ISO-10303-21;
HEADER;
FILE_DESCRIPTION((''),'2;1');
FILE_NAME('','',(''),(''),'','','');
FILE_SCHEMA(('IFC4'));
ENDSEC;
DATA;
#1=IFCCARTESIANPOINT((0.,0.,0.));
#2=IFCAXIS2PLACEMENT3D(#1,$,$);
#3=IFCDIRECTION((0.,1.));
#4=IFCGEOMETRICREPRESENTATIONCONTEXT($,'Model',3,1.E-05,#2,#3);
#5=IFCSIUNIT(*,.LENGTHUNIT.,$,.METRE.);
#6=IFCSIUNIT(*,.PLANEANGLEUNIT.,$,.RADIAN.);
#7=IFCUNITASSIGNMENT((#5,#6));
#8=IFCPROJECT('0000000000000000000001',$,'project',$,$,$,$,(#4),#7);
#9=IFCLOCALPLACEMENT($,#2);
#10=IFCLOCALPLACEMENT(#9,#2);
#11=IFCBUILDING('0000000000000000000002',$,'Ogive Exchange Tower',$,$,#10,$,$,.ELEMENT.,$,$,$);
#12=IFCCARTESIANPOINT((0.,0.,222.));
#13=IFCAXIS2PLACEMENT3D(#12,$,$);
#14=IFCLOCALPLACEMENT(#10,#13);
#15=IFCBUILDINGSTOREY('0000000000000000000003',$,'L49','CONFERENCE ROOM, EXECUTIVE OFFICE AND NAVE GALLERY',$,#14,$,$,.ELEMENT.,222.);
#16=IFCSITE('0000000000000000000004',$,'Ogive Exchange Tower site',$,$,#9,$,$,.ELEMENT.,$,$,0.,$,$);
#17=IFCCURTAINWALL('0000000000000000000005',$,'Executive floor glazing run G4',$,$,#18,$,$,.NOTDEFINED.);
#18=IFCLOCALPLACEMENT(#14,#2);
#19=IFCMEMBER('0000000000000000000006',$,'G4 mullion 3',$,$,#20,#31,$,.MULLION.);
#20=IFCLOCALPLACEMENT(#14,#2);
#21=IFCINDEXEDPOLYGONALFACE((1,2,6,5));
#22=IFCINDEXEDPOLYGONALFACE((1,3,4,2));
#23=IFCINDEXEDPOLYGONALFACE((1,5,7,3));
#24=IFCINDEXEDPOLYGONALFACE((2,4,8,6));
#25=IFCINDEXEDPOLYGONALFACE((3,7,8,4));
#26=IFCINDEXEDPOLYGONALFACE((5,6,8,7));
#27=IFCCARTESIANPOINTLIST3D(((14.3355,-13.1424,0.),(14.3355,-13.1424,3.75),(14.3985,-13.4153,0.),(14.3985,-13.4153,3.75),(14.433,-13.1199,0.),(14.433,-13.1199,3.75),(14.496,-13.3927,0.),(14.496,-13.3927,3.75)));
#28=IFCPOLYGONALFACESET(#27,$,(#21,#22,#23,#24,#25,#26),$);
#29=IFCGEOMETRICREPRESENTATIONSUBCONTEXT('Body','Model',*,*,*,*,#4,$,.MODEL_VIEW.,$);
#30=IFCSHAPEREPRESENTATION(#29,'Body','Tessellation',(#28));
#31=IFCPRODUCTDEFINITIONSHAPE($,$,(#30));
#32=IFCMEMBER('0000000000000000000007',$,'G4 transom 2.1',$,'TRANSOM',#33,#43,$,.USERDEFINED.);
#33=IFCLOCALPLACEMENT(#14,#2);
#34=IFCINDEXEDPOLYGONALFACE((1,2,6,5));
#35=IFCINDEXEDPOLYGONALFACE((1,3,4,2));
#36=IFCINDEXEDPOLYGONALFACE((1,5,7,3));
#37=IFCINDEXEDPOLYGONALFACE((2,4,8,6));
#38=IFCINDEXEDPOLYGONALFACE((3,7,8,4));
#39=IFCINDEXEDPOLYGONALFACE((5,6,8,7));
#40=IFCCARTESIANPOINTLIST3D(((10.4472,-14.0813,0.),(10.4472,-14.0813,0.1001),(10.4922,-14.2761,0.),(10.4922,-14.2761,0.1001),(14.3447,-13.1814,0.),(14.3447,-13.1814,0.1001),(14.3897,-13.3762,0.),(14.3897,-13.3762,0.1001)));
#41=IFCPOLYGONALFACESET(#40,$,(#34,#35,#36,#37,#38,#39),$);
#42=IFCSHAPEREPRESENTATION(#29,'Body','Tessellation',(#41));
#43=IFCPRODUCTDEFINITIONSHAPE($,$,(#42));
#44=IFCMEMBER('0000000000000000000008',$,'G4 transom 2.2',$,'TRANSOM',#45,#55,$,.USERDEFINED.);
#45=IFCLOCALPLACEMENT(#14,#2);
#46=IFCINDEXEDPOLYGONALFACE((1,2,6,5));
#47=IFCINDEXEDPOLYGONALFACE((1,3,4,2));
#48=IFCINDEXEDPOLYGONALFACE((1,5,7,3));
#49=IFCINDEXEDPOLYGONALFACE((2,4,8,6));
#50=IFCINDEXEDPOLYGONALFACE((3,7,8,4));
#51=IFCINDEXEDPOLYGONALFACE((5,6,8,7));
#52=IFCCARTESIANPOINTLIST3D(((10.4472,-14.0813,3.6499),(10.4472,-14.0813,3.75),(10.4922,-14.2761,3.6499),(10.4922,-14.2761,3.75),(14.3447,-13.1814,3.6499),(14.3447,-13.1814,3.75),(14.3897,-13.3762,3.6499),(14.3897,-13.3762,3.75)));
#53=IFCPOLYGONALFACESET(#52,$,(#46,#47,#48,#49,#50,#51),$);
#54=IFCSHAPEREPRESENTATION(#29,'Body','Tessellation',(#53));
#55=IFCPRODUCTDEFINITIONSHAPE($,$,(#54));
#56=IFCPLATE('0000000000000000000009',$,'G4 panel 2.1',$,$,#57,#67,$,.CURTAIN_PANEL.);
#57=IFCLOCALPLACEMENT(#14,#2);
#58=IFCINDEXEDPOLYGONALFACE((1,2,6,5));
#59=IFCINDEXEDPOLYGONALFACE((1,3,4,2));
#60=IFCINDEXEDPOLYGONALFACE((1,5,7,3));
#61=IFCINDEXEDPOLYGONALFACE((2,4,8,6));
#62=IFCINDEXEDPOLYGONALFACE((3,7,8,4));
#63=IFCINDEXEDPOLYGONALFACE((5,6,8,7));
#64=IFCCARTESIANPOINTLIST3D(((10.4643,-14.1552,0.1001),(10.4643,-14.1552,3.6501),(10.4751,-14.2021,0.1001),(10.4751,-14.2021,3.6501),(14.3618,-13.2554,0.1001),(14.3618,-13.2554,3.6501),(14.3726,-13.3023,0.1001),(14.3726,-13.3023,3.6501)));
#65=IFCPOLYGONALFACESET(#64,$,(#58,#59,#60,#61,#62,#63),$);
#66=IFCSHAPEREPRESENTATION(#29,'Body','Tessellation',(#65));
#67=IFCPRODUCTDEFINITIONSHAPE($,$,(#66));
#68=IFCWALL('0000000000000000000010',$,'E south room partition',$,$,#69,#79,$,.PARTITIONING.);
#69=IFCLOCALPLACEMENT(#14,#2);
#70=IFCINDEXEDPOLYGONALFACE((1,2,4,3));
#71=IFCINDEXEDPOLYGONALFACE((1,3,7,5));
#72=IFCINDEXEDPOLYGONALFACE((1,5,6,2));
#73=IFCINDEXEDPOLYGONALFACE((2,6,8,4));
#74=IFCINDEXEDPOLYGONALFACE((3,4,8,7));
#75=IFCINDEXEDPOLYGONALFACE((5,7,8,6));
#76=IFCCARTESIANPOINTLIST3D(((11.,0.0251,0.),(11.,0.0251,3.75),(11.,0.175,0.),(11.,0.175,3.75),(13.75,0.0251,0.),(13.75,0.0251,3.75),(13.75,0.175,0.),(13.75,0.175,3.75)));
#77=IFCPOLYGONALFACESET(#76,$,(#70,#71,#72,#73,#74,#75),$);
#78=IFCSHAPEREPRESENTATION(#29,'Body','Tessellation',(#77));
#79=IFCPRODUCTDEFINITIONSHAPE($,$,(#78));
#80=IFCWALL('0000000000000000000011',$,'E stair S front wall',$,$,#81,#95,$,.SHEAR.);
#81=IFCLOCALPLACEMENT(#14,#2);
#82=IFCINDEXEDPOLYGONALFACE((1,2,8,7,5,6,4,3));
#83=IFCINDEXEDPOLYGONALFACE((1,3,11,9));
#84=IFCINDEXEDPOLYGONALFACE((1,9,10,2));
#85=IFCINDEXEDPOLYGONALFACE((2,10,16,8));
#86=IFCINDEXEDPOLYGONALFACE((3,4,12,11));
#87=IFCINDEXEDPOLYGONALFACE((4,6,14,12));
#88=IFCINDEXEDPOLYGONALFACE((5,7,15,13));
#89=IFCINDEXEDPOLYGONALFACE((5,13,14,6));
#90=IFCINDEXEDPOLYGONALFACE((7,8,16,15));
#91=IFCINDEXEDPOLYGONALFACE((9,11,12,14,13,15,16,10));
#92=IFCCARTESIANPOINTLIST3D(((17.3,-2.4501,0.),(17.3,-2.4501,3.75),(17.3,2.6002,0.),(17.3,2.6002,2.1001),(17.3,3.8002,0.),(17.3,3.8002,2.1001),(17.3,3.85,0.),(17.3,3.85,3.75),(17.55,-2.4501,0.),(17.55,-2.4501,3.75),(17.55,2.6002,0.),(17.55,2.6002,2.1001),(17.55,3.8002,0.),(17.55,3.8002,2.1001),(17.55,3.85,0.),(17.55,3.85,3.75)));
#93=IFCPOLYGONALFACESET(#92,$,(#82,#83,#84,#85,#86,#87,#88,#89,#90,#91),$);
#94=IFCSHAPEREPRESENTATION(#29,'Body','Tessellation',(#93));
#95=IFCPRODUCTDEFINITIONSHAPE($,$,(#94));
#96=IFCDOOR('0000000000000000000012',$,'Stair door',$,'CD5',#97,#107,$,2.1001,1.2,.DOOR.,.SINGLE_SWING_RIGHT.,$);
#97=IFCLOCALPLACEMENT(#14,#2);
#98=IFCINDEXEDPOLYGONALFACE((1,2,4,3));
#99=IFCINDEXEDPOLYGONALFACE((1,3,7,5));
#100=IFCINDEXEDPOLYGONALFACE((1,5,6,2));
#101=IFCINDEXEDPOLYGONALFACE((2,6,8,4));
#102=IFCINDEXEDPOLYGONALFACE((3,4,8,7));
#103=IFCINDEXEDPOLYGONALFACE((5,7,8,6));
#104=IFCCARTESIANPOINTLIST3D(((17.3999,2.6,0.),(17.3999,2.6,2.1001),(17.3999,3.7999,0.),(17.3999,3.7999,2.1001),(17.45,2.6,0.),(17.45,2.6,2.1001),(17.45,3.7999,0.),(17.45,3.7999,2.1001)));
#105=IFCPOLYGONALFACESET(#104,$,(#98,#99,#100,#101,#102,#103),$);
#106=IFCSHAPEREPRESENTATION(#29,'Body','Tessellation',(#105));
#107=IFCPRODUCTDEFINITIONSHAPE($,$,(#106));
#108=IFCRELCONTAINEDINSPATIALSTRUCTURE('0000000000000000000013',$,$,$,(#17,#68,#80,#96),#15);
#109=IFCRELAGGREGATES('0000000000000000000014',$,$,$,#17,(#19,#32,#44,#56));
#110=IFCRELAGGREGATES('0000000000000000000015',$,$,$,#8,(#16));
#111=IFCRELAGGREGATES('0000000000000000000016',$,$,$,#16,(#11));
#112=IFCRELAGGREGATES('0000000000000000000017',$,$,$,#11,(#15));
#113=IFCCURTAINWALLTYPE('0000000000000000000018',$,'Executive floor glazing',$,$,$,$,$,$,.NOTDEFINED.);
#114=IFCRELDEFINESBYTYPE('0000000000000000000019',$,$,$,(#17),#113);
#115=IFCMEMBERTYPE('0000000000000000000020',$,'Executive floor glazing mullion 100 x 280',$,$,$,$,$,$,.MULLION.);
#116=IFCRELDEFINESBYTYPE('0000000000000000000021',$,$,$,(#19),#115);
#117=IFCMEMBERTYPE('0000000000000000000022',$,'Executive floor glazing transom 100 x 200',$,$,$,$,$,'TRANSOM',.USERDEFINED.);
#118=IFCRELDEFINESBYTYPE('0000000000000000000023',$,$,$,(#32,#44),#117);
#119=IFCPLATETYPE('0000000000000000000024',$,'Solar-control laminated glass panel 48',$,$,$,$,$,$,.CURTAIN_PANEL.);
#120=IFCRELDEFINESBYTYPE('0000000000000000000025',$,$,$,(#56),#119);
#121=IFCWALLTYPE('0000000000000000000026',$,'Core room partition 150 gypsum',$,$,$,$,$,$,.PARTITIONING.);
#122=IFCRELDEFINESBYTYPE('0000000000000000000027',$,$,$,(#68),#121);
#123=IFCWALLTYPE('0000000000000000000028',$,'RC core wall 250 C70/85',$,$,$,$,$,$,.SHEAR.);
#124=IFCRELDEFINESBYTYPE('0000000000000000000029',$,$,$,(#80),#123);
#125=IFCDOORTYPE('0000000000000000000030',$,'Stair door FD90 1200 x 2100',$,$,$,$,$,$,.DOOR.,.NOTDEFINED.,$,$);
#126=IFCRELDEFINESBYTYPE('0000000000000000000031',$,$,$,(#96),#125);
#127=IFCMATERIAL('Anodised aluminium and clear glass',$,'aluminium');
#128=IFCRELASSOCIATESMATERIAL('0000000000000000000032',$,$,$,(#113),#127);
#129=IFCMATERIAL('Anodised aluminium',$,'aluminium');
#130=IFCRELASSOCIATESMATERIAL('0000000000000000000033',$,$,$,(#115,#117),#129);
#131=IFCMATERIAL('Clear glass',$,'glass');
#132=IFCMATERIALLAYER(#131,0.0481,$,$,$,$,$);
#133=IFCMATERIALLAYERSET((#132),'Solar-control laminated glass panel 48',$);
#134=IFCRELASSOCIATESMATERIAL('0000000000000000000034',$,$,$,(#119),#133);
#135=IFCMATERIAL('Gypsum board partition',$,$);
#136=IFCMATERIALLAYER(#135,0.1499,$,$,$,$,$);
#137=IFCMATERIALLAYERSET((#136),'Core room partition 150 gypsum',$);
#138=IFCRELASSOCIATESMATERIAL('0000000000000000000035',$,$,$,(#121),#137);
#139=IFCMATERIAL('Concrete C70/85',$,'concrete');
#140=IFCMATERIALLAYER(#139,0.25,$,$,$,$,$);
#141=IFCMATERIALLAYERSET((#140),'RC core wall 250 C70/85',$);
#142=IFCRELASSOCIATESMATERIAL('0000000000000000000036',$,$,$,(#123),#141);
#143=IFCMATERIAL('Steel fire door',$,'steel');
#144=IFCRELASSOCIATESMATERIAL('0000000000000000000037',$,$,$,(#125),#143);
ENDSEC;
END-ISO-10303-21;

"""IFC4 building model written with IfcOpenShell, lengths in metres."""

from ifc_helpers import new_model, si_unit, direction, frame, frame_2d, origin, origin_2d, place, context, subcontext, project, spatial, rectangle, extrude, material, layer, layer_set, material_profile, profile_set, type_object, element, fill, aggregate, save


model = new_model("IFC4")

# Units and contexts
model_context = context("Model", 3, precision=1e-05, world=origin(), true_north=direction((0.0, 1.0)))
body_context = subcontext(model_context, "Body", "Model", "MODEL_VIEW")
ifc_project = project(units=[si_unit("LENGTHUNIT", "METRE"), si_unit("PLANEANGLEUNIT", "RADIAN")], contexts=[model_context])

# Site, building, storey
site_placement = place(None, origin())
site = spatial("IfcSite", under=ifc_project, at=site_placement, Name="Ogive Exchange Tower site", CompositionType="ELEMENT", RefElevation=0.0)
building_placement = place(site_placement, origin())
building = spatial("IfcBuilding", under=site, at=building_placement, Name="Ogive Exchange Tower", CompositionType="ELEMENT")
storey_placement = place(building_placement, frame((0.0, 0.0, 222.0)))
storey = spatial("IfcBuildingStorey", under=building, at=storey_placement, Name="L49", Description="CONFERENCE ROOM, EXECUTIVE OFFICE AND NAVE GALLERY", CompositionType="ELEMENT", Elevation=222.0)

# Curtain wall, members, plate
ifc_material_1 = material(Name="Anodised aluminium and clear glass", Category="aluminium")
curtain_wall_type = type_object("IfcCurtainWallType", Name="Executive floor glazing", PredefinedType="NOTDEFINED", material=ifc_material_1)
curtain_wall_placement = place(storey_placement, origin())
curtain_wall = element("IfcCurtainWall", 1, at=curtain_wall_placement, inside=storey, type_object=curtain_wall_type, Name="Executive floor glazing run G4", PredefinedType="NOTDEFINED")
ifc_material_2 = material(Name="Anodised aluminium", Category="aluminium")
ifc_material_profile_1 = material_profile(ifc_material_2, rectangle(XDim=0.28, YDim=0.1001, at=origin_2d()), Name="AL 100x280")
ifc_profile_set_1 = profile_set([ifc_material_profile_1], Name="Anodised aluminium")
member_type_1 = type_object("IfcMemberType", Name="Executive floor glazing mullion 100 x 280", PredefinedType="MULLION", material=ifc_profile_set_1)
member_1_placement = place(storey_placement, frame((14.4158, -13.2676, 0.0), z_axis=(0.0, 0.0, 1.0), x_axis=(-0.224954, 0.974369, 0.0)))
member_1 = element("IfcMember", 2, at=member_1_placement, type_object=member_type_1, Name="G4 mullion 3", PredefinedType="MULLION", context=body_context, shape_type="SweptSolid", body=[
    extrude(rectangle(XDim=0.28, YDim=0.1001, at=origin_2d()), origin(), (0.0, 0.0, 1.0), 3.75),
])
ifc_material_profile_2 = material_profile(ifc_material_2, rectangle(XDim=0.2, YDim=0.1001, at=origin_2d()), Name="AL 100x200")
ifc_profile_set_2 = profile_set([ifc_material_profile_2], Name="Anodised aluminium")
member_type_2 = type_object("IfcMemberType", Name="Executive floor glazing transom 100 x 200", ElementType="TRANSOM", PredefinedType="USERDEFINED", material=ifc_profile_set_2)
member_2_placement = place(storey_placement, frame((10.4697, -14.1787, 0.05), z_axis=(0.974364, 0.224975, 0.0), x_axis=(-0.224975, 0.974364, 0.0)))
member_2 = element("IfcMember", 3, at=member_2_placement, type_object=member_type_2, Name="G4 transom 2.1", ObjectType="TRANSOM", PredefinedType="USERDEFINED", context=body_context, shape_type="SweptSolid", body=[
    extrude(rectangle(XDim=0.2, YDim=0.1001, at=origin_2d()), origin(), (0.0, 0.0, 1.0), 4.0),
])
member_3_placement = place(storey_placement, frame((10.4697, -14.1787, 3.7), z_axis=(0.974364, 0.224975, 0.0), x_axis=(-0.224975, 0.974364, 0.0)))
member_3 = element("IfcMember", 4, at=member_3_placement, type_object=member_type_2, Name="G4 transom 2.2", ObjectType="TRANSOM", PredefinedType="USERDEFINED", context=body_context, shape_type="SweptSolid", body=[
    extrude(rectangle(XDim=0.2, YDim=0.1001, at=origin_2d()), origin(), (0.0, 0.0, 1.0), 4.0),
])
ifc_material_3 = material(Name="Clear glass", Category="glass")
ifc_layer_1 = layer(ifc_material_3, 0.0481)
ifc_layer_set_1 = layer_set([ifc_layer_1], Name="Solar-control laminated glass panel 48")
plate_type = type_object("IfcPlateType", Name="Solar-control laminated glass panel 48", PredefinedType="CURTAIN_PANEL", material=ifc_layer_set_1)
plate_placement = place(storey_placement, frame((12.4185, -13.7288, 0.1001), z_axis=(0.0, 0.0, 1.0), x_axis=(0.974369, 0.224954, 0.0)))
plate = element("IfcPlate", 5, at=plate_placement, type_object=plate_type, Name="G4 panel 2.1", PredefinedType="CURTAIN_PANEL", context=body_context, shape_type="SweptSolid", body=[
    extrude(rectangle(XDim=4.0, YDim=0.0481, at=origin_2d()), origin(), (0.0, 0.0, 1.0), 3.55),
])
aggregate(curtain_wall, [member_1, member_2, member_3, plate])

# Wall
ifc_material_4 = material(Name="Gypsum board partition")
ifc_layer_2 = layer(ifc_material_4, 0.1499)
ifc_layer_set_2 = layer_set([ifc_layer_2], Name="Core room partition 150 gypsum")
wall_type_1 = type_object("IfcWallType", Name="Core room partition 150 gypsum", PredefinedType="PARTITIONING", material=ifc_layer_set_2)
wall_1_placement = place(storey_placement, frame((11.0, 0.1001, 0.0), z_axis=(0.0, 0.0, 1.0), x_axis=(1.0, 0.0, 0.0)))
element("IfcWall", 6, at=wall_1_placement, inside=storey, type_object=wall_type_1, Name="E south room partition", PredefinedType="PARTITIONING", context=body_context, shape_type="SweptSolid", body=[
    extrude(rectangle(XDim=2.75, YDim=0.1499, at=frame_2d((1.375, 0.0))), origin(), (0.0, 0.0, 1.0), 3.75),
])

# Wall, opening, door
ifc_material_5 = material(Name="Concrete C70/85", Category="concrete")
ifc_layer_3 = layer(ifc_material_5, 0.25)
ifc_layer_set_3 = layer_set([ifc_layer_3], Name="RC core wall 250 C70/85")
wall_type_2 = type_object("IfcWallType", Name="RC core wall 250 C70/85", PredefinedType="SHEAR", material=ifc_layer_set_3)
wall_2_placement = place(storey_placement, frame((17.425, -2.45, 0.0), z_axis=(0.0, 0.0, 1.0), x_axis=(0.0, 1.0, 0.0)))
wall_2 = element("IfcWall", 7, at=wall_2_placement, inside=storey, type_object=wall_type_2, Name="E stair S front wall", PredefinedType="SHEAR", context=body_context, shape_type="SweptSolid", body=[
    extrude(rectangle(XDim=6.3, YDim=0.25, at=frame_2d((3.1499, 0.0))), origin(), (0.0, 0.0, 1.0), 3.75),
])
opening_1_placement = place(wall_2_placement, frame((5.05, 0.0, 0.0)))
opening_1 = element("IfcOpeningElement", 8, at=opening_1_placement, cuts=wall_2, PredefinedType="OPENING", context=body_context, shape_type="SweptSolid", body=[
    extrude(rectangle(XDim=1.2, YDim=2.1001, at=frame_2d((0.6001, 1.05))), frame((0.0, 0.135, 0.0), z_axis=(0.0, -1.0, 0.0), x_axis=(1.0, 0.0, 0.0)), (0.0, 0.0, 1.0), 0.27),
])
ifc_material_6 = material(Name="Steel fire door", Category="steel")
door_type_1 = type_object("IfcDoorType", Name="Stair door FD90 1200 x 2100", OperationType="NOTDEFINED", PredefinedType="DOOR", material=ifc_material_6)
door_1_placement = place(opening_1_placement, frame((1.2, 0.0, 0.0), z_axis=(0.0, 0.0, 1.0), x_axis=(-1.0, 0.0, 0.0)))
door_1 = element("IfcDoor", 9, at=door_1_placement, inside=storey, type_object=door_type_1, Name="Stair door", ObjectType="CD5", OperationType="SINGLE_SWING_RIGHT", OverallHeight=2.1001, OverallWidth=1.2, PredefinedType="DOOR", context=body_context, shape_type="SweptSolid", body=[
    extrude(rectangle(XDim=1.2, YDim=2.1001, at=frame_2d((0.6001, 1.05))), frame((0.0, 0.0249, 0.0), z_axis=(0.0, -1.0, 0.0), x_axis=(1.0, 0.0, 0.0)), (0.0, 0.0, 1.0), 0.05),
])
fill(opening_1, door_1)

save(model, "model.ifc")
